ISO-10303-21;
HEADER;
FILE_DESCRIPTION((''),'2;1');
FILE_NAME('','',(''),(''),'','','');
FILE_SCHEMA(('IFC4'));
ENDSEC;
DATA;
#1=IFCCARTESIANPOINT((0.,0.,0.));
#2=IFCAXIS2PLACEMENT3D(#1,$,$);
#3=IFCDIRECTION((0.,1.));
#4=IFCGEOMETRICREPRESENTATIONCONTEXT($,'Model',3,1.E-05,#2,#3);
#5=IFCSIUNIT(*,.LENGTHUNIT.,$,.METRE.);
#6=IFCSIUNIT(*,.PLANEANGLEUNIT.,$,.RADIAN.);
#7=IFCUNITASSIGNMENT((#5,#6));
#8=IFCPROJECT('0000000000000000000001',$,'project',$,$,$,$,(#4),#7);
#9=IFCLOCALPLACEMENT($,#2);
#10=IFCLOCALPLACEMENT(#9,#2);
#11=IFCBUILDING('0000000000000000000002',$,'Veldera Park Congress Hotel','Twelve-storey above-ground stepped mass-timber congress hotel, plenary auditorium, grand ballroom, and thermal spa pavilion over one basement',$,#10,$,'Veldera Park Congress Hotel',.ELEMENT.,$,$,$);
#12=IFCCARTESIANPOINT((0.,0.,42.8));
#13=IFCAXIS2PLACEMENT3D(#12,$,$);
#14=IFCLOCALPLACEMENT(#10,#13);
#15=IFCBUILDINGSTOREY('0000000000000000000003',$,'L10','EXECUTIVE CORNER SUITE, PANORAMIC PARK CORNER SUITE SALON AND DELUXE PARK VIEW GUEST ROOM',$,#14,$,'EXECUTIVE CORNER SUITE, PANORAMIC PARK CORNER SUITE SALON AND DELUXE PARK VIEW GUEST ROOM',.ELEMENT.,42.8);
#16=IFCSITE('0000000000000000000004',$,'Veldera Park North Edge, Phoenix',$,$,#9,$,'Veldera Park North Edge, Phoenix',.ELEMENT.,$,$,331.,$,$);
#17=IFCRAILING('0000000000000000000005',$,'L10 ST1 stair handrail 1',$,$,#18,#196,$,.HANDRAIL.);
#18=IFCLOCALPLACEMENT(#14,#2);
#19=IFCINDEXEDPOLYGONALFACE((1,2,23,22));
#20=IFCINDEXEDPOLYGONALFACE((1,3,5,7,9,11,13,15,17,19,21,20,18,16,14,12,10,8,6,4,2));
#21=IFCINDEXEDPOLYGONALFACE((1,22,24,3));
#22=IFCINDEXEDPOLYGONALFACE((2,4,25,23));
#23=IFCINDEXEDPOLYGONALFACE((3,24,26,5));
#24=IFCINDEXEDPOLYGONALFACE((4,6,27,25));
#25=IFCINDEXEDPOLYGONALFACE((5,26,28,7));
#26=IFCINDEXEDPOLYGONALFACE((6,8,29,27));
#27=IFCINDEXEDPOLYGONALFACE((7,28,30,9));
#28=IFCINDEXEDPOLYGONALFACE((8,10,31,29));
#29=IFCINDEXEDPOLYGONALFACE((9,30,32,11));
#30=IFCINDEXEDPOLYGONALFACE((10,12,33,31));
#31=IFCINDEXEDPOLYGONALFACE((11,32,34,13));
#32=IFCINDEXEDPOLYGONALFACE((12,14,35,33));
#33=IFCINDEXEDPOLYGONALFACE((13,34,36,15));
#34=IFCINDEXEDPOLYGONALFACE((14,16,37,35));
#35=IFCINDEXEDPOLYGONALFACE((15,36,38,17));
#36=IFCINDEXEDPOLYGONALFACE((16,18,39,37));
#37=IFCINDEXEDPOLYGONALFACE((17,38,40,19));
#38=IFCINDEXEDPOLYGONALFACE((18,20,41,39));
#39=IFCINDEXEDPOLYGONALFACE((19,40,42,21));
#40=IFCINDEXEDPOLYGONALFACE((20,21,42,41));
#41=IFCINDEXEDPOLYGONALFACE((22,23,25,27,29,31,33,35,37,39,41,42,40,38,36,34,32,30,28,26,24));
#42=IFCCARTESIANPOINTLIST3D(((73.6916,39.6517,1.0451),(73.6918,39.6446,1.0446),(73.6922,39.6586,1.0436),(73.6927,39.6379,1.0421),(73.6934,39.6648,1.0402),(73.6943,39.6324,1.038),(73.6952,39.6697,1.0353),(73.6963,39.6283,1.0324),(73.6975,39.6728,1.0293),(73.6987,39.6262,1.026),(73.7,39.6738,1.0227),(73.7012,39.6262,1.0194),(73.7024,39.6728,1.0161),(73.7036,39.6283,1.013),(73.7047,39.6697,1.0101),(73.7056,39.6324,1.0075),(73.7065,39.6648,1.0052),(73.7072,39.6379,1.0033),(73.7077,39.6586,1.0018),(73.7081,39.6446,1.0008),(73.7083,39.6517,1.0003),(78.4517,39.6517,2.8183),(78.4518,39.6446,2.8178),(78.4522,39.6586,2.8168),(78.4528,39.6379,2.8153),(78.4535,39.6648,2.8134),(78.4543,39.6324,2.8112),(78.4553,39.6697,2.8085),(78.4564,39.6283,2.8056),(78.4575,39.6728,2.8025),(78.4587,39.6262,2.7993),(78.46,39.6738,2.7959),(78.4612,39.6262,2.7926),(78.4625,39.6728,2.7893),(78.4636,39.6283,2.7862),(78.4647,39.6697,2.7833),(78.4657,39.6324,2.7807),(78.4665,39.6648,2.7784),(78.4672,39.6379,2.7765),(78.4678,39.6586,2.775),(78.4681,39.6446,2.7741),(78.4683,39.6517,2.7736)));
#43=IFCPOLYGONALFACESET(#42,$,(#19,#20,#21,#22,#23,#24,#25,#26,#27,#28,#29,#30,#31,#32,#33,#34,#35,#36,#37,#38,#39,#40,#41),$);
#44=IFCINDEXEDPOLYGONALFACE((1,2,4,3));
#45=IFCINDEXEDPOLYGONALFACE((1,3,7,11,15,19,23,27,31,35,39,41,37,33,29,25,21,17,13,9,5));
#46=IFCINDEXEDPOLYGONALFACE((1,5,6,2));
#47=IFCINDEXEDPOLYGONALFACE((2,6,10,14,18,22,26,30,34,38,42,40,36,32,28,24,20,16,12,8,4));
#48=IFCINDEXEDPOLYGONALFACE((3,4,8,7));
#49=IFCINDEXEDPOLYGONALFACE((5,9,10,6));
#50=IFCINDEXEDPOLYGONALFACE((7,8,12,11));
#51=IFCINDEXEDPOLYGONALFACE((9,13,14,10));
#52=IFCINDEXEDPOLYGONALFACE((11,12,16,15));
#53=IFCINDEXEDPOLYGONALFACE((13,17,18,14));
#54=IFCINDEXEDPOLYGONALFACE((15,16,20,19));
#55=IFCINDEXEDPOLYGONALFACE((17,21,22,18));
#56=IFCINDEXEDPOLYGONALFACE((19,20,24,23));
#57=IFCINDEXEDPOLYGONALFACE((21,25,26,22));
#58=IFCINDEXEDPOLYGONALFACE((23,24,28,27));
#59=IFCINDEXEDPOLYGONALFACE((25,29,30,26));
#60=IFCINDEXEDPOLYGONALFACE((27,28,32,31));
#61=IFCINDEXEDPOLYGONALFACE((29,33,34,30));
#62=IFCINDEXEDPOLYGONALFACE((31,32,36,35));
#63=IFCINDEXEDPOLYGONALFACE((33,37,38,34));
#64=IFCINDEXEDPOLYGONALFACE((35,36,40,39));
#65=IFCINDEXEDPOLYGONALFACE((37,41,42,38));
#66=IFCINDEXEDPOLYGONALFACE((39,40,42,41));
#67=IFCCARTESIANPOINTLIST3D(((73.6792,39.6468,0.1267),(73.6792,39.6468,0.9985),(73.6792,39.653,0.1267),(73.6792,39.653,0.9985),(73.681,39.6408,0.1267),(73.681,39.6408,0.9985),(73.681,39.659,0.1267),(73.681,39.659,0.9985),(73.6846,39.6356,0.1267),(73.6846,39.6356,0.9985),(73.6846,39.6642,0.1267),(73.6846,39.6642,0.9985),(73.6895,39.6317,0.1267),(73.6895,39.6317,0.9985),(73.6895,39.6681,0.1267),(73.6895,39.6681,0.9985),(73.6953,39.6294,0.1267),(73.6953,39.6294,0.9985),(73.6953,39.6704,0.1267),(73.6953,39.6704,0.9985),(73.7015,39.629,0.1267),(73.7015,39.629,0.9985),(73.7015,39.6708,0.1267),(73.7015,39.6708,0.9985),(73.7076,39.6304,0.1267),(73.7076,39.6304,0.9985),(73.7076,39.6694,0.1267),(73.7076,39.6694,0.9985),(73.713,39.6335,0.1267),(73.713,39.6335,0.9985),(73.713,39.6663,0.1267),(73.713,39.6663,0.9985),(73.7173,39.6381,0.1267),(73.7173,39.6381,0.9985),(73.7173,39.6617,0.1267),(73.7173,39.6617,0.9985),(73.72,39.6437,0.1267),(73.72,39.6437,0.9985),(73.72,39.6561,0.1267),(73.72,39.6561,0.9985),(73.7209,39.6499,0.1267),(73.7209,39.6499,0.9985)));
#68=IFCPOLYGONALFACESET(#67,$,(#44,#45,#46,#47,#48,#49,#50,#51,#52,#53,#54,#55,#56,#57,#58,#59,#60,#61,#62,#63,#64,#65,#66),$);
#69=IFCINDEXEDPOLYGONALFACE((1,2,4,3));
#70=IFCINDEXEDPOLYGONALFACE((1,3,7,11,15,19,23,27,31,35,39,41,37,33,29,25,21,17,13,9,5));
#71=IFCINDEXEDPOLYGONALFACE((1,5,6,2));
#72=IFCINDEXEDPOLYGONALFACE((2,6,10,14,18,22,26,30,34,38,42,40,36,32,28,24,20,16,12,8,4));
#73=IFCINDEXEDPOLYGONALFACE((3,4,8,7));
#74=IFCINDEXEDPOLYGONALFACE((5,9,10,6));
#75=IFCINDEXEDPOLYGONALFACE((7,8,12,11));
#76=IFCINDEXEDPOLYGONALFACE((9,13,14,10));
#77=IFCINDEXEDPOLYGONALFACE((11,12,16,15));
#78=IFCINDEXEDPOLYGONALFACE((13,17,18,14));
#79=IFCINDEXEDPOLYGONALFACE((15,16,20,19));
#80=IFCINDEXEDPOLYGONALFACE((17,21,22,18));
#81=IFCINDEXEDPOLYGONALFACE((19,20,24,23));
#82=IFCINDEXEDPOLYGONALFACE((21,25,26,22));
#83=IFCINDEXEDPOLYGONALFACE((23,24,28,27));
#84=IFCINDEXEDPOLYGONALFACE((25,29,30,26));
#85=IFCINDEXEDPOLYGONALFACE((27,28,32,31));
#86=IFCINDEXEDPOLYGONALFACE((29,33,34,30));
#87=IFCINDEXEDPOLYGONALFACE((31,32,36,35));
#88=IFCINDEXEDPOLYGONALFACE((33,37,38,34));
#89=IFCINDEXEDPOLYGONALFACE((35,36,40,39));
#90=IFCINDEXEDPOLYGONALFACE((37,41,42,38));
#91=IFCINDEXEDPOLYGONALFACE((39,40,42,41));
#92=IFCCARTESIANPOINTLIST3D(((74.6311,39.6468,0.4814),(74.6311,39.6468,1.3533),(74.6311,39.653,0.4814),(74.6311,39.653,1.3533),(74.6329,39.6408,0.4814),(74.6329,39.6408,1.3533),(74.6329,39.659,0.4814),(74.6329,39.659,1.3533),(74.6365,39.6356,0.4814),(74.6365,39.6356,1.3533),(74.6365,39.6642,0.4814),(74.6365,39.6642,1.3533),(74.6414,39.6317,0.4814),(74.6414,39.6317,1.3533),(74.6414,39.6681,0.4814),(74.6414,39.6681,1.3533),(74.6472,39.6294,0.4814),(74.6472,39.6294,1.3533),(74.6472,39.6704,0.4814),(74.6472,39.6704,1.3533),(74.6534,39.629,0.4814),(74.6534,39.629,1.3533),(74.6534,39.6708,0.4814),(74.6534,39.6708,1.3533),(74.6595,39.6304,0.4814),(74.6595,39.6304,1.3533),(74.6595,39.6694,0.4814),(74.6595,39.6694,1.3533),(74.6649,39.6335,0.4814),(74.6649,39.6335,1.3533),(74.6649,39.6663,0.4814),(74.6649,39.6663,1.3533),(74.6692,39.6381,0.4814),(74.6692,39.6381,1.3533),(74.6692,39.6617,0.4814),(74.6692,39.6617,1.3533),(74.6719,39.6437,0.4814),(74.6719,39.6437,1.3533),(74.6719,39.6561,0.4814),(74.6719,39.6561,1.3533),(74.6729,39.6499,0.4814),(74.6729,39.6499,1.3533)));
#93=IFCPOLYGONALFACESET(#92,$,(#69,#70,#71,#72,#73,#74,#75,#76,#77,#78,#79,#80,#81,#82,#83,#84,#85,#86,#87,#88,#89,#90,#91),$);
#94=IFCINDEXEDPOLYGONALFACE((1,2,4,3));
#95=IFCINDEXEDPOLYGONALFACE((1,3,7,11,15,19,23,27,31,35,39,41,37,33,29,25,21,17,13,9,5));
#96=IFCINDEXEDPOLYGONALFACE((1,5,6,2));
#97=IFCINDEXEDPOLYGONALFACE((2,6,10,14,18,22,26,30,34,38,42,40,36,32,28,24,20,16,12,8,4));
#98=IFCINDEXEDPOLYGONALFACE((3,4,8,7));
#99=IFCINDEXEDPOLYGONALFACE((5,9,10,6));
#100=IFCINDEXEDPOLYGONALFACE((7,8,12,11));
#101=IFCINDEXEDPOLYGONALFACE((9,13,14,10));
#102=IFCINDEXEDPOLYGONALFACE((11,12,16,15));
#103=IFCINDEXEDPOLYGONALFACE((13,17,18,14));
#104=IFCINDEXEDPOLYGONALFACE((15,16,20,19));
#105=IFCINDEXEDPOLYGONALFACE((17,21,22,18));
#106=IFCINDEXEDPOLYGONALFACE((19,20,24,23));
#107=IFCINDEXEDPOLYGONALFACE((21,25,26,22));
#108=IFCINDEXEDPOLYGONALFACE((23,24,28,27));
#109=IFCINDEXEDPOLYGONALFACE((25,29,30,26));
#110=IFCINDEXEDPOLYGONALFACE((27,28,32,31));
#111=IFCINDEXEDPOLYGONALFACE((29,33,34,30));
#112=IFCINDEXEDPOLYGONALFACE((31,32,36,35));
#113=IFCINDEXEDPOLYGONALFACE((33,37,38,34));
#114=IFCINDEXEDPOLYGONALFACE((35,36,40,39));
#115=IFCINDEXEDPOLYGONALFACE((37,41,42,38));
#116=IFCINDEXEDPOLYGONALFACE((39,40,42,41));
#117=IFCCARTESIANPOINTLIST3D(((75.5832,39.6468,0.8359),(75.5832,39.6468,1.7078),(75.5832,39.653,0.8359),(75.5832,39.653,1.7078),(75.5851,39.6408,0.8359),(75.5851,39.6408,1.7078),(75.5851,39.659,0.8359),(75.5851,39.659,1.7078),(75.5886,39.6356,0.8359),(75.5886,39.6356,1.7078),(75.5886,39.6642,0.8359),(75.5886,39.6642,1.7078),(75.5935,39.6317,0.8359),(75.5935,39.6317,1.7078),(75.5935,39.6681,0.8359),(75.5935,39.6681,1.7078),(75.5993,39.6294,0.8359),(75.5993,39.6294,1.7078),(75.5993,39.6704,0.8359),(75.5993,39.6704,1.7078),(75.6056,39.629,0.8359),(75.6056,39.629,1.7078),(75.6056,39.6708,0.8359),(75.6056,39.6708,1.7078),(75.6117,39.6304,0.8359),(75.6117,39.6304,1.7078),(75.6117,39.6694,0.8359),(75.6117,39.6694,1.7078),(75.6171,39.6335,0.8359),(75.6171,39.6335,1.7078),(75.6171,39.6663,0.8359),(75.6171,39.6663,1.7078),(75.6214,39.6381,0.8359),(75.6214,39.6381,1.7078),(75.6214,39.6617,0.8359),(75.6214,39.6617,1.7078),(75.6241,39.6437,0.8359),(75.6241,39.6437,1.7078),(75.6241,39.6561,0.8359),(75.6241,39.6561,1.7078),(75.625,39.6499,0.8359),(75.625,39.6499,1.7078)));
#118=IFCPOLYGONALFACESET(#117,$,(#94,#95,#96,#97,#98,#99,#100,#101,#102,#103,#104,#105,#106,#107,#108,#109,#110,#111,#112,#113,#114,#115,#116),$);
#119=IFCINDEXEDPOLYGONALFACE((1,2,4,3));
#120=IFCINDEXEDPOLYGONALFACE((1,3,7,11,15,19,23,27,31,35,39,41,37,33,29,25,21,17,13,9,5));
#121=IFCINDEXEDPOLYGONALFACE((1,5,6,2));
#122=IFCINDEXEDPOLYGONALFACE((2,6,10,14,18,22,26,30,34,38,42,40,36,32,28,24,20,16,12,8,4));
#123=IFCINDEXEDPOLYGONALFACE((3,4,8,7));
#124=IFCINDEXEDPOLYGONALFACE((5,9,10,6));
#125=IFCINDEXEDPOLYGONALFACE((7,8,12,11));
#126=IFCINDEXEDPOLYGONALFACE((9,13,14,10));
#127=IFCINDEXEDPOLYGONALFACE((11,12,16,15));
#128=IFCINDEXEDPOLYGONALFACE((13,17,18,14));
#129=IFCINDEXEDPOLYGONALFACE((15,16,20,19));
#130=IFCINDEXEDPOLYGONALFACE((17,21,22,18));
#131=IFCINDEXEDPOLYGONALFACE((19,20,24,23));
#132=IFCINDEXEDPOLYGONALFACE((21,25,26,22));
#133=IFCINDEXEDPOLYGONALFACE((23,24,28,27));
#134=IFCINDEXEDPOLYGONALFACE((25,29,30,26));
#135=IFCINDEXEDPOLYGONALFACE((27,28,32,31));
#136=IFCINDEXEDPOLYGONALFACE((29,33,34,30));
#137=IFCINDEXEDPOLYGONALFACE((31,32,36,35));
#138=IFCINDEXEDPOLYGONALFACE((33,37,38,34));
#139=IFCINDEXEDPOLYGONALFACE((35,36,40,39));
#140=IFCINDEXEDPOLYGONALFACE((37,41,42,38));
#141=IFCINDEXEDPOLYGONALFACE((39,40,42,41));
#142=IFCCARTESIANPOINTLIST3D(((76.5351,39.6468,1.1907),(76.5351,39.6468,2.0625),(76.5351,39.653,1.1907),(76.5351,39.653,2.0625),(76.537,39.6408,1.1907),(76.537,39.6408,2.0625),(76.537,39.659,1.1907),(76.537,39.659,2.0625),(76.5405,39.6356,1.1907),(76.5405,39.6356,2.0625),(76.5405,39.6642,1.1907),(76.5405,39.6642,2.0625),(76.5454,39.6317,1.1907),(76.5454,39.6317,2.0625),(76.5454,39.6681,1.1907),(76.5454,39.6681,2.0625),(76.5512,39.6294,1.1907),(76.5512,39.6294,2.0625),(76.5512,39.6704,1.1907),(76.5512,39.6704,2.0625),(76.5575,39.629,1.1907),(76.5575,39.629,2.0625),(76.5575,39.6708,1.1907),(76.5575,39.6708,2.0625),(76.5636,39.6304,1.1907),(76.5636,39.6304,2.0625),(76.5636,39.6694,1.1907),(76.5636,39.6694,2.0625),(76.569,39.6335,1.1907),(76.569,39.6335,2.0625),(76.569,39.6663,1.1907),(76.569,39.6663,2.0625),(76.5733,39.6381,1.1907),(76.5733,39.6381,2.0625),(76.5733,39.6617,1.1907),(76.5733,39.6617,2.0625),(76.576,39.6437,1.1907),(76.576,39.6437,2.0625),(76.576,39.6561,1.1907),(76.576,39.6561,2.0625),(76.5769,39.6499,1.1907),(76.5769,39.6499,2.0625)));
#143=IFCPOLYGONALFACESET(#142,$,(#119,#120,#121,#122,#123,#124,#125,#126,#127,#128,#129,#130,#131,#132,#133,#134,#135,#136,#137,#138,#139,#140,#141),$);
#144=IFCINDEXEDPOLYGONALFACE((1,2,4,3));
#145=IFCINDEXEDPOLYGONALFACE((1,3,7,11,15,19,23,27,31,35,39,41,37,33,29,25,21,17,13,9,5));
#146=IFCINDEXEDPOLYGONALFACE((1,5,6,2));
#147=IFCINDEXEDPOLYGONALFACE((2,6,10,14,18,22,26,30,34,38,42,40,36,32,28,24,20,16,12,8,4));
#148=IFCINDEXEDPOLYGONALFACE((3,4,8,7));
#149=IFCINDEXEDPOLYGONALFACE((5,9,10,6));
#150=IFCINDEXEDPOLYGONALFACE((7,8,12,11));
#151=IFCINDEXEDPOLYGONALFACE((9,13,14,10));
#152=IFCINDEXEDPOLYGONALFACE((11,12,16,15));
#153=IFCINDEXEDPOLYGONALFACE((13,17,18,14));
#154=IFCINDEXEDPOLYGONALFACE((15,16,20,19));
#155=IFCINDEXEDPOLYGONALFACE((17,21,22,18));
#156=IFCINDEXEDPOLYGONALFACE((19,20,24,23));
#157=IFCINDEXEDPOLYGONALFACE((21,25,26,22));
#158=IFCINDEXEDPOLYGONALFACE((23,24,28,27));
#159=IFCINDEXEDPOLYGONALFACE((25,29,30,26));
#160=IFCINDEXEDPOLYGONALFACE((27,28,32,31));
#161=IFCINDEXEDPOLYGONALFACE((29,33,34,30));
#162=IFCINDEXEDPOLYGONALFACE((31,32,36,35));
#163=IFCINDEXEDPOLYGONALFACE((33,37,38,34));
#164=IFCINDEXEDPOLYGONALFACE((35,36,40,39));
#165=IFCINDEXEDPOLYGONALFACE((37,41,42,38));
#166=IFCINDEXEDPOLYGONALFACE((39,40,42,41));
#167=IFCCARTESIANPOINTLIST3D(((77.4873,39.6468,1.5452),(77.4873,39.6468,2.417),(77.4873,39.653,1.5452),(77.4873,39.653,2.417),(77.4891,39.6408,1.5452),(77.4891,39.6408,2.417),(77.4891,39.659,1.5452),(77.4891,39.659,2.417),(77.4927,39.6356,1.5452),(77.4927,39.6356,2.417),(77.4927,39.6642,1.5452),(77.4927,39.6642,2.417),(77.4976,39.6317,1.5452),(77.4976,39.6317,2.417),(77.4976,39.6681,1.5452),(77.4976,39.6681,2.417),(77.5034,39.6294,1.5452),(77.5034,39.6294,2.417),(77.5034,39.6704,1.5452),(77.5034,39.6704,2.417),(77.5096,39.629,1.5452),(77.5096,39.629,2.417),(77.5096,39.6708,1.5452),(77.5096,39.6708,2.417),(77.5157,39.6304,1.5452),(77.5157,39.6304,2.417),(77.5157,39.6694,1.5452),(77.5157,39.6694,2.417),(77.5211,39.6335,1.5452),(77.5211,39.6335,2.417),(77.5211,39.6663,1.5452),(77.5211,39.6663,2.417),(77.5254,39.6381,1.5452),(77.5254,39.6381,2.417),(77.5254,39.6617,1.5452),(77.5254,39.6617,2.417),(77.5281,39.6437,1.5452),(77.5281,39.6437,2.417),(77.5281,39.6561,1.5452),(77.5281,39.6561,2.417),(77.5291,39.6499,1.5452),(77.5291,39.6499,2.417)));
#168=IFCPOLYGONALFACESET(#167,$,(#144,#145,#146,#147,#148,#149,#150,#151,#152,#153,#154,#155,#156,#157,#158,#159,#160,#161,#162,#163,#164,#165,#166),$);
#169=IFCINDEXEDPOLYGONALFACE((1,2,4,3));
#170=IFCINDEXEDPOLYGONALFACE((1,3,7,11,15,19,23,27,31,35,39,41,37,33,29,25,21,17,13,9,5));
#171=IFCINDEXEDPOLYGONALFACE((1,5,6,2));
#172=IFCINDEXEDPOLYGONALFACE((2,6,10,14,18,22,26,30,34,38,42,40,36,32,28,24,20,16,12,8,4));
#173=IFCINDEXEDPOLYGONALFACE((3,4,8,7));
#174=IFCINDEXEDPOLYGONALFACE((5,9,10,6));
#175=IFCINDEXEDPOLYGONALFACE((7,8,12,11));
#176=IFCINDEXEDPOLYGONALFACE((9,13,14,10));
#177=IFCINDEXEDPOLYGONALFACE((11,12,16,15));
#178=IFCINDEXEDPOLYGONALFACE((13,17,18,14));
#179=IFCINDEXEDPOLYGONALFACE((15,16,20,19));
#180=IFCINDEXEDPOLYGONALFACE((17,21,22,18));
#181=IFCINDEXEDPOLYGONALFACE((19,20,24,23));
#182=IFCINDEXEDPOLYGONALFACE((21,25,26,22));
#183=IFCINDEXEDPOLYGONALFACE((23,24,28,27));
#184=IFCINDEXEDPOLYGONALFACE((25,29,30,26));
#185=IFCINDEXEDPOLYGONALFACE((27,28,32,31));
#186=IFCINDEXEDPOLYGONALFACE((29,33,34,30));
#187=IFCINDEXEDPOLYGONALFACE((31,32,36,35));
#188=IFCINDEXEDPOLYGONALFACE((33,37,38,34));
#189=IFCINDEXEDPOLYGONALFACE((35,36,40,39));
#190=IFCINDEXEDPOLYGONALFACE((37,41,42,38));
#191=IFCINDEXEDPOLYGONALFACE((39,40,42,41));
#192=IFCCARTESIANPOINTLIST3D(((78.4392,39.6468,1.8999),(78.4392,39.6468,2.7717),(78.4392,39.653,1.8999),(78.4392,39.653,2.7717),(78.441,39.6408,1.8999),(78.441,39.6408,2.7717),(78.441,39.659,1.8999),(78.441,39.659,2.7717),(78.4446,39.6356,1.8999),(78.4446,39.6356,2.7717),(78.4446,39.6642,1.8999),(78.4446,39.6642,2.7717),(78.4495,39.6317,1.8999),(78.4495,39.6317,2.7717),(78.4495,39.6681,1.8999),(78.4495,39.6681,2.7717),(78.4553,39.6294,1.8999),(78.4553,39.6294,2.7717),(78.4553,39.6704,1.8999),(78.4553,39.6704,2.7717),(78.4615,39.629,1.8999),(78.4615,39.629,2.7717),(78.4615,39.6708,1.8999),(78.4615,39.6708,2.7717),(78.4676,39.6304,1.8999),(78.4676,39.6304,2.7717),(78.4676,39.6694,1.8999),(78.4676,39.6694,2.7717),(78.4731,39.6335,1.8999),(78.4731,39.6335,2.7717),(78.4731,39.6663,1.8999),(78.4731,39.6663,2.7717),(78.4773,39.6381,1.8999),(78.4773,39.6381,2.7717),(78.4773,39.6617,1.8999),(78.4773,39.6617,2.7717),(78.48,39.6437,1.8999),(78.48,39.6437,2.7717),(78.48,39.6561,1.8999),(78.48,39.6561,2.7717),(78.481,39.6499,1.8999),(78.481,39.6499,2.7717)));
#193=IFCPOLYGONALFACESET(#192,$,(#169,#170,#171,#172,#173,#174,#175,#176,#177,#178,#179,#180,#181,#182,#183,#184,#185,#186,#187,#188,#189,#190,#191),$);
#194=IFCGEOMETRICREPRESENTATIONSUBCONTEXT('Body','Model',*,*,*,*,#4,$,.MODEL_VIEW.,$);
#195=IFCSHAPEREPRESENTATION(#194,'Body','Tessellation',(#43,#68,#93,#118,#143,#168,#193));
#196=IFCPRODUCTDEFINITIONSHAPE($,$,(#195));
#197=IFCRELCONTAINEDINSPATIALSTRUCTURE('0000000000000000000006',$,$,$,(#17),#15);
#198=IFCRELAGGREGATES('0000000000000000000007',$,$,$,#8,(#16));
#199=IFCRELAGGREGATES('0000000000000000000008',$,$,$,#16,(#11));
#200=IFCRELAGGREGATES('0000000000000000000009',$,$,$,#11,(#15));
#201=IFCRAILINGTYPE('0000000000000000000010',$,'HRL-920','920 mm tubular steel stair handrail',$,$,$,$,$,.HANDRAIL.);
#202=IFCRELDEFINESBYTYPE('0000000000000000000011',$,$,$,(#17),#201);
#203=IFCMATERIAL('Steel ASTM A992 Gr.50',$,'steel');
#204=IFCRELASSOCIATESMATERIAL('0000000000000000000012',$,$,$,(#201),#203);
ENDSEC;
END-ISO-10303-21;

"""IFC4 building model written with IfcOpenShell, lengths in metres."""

from ifc_helpers import new_model, si_unit, direction, frame, origin, origin_2d, place, context, subcontext, project, spatial, circle, extrude, material, type_object, element, save


model = new_model("IFC4")

# Units and contexts
model_context = context("Model", 3, precision=1e-05, world=origin(), true_north=direction((0.0, 1.0)))
body_context = subcontext(model_context, "Body", "Model", "MODEL_VIEW")
ifc_project = project(units=[si_unit("LENGTHUNIT", "METRE"), si_unit("PLANEANGLEUNIT", "RADIAN")], contexts=[model_context])

# Site, building, storey
site_placement = place(None, origin())
site = spatial("IfcSite", under=ifc_project, at=site_placement, Name="Veldera Park North Edge, Phoenix", LongName="Veldera Park North Edge, Phoenix", CompositionType="ELEMENT", RefElevation=331.0)
building_placement = place(site_placement, origin())
building = spatial("IfcBuilding", under=site, at=building_placement, Name="Veldera Park Congress Hotel", Description="Twelve-storey above-ground stepped mass-timber congress hotel, plenary auditorium, grand ballroom, and thermal spa pavilion over one basement", LongName="Veldera Park Congress Hotel", CompositionType="ELEMENT")
storey_placement = place(building_placement, frame((0.0, 0.0, 42.8)))
storey = spatial("IfcBuildingStorey", under=building, at=storey_placement, Name="L10", Description="EXECUTIVE CORNER SUITE, PANORAMIC PARK CORNER SUITE SALON AND DELUXE PARK VIEW GUEST ROOM", LongName="EXECUTIVE CORNER SUITE, PANORAMIC PARK CORNER SUITE SALON AND DELUXE PARK VIEW GUEST ROOM", CompositionType="ELEMENT", Elevation=42.8)

# Railing
ifc_material_1 = material(Name="Steel ASTM A992 Gr.50", Category="steel")
railing_type = type_object("IfcRailingType", Name="HRL-920", Description="920 mm tubular steel stair handrail", PredefinedType="HANDRAIL", material=ifc_material_1)
railing_placement = place(storey_placement, frame((73.7, 39.6499, 0.1267)))
element("IfcRailing", 1, at=railing_placement, inside=storey, type_object=railing_type, Name="L10 ST1 stair handrail 1", PredefinedType="HANDRAIL", context=body_context, shape_type="SweptSolid", body=[
    extrude(circle(Radius=0.0239, at=origin_2d()), frame((0.0, 0.0, 0.896), z_axis=(0.937091, 0.0, 0.349084), x_axis=(0.0, 1.0, 0.0)), (0.0, 0.0, 1.0), 5.0796),
    extrude(circle(Radius=0.021, at=origin_2d()), origin(), (0.0, 0.0, 1.0), 0.8718),
    extrude(circle(Radius=0.021, at=origin_2d()), frame((0.9519, 0.0, 0.3547)), (0.0, 0.0, 1.0), 0.8718),
    extrude(circle(Radius=0.021, at=origin_2d()), frame((1.9041, 0.0, 0.7092)), (0.0, 0.0, 1.0), 0.8718),
    extrude(circle(Radius=0.021, at=origin_2d()), frame((2.856, 0.0, 1.064)), (0.0, 0.0, 1.0), 0.8718),
    extrude(circle(Radius=0.021, at=origin_2d()), frame((3.8081, 0.0, 1.4185)), (0.0, 0.0, 1.0), 0.8718),
    extrude(circle(Radius=0.021, at=origin_2d()), frame((4.76, 0.0, 1.7732)), (0.0, 0.0, 1.0), 0.8718),
])

save(model, "model.ifc")
